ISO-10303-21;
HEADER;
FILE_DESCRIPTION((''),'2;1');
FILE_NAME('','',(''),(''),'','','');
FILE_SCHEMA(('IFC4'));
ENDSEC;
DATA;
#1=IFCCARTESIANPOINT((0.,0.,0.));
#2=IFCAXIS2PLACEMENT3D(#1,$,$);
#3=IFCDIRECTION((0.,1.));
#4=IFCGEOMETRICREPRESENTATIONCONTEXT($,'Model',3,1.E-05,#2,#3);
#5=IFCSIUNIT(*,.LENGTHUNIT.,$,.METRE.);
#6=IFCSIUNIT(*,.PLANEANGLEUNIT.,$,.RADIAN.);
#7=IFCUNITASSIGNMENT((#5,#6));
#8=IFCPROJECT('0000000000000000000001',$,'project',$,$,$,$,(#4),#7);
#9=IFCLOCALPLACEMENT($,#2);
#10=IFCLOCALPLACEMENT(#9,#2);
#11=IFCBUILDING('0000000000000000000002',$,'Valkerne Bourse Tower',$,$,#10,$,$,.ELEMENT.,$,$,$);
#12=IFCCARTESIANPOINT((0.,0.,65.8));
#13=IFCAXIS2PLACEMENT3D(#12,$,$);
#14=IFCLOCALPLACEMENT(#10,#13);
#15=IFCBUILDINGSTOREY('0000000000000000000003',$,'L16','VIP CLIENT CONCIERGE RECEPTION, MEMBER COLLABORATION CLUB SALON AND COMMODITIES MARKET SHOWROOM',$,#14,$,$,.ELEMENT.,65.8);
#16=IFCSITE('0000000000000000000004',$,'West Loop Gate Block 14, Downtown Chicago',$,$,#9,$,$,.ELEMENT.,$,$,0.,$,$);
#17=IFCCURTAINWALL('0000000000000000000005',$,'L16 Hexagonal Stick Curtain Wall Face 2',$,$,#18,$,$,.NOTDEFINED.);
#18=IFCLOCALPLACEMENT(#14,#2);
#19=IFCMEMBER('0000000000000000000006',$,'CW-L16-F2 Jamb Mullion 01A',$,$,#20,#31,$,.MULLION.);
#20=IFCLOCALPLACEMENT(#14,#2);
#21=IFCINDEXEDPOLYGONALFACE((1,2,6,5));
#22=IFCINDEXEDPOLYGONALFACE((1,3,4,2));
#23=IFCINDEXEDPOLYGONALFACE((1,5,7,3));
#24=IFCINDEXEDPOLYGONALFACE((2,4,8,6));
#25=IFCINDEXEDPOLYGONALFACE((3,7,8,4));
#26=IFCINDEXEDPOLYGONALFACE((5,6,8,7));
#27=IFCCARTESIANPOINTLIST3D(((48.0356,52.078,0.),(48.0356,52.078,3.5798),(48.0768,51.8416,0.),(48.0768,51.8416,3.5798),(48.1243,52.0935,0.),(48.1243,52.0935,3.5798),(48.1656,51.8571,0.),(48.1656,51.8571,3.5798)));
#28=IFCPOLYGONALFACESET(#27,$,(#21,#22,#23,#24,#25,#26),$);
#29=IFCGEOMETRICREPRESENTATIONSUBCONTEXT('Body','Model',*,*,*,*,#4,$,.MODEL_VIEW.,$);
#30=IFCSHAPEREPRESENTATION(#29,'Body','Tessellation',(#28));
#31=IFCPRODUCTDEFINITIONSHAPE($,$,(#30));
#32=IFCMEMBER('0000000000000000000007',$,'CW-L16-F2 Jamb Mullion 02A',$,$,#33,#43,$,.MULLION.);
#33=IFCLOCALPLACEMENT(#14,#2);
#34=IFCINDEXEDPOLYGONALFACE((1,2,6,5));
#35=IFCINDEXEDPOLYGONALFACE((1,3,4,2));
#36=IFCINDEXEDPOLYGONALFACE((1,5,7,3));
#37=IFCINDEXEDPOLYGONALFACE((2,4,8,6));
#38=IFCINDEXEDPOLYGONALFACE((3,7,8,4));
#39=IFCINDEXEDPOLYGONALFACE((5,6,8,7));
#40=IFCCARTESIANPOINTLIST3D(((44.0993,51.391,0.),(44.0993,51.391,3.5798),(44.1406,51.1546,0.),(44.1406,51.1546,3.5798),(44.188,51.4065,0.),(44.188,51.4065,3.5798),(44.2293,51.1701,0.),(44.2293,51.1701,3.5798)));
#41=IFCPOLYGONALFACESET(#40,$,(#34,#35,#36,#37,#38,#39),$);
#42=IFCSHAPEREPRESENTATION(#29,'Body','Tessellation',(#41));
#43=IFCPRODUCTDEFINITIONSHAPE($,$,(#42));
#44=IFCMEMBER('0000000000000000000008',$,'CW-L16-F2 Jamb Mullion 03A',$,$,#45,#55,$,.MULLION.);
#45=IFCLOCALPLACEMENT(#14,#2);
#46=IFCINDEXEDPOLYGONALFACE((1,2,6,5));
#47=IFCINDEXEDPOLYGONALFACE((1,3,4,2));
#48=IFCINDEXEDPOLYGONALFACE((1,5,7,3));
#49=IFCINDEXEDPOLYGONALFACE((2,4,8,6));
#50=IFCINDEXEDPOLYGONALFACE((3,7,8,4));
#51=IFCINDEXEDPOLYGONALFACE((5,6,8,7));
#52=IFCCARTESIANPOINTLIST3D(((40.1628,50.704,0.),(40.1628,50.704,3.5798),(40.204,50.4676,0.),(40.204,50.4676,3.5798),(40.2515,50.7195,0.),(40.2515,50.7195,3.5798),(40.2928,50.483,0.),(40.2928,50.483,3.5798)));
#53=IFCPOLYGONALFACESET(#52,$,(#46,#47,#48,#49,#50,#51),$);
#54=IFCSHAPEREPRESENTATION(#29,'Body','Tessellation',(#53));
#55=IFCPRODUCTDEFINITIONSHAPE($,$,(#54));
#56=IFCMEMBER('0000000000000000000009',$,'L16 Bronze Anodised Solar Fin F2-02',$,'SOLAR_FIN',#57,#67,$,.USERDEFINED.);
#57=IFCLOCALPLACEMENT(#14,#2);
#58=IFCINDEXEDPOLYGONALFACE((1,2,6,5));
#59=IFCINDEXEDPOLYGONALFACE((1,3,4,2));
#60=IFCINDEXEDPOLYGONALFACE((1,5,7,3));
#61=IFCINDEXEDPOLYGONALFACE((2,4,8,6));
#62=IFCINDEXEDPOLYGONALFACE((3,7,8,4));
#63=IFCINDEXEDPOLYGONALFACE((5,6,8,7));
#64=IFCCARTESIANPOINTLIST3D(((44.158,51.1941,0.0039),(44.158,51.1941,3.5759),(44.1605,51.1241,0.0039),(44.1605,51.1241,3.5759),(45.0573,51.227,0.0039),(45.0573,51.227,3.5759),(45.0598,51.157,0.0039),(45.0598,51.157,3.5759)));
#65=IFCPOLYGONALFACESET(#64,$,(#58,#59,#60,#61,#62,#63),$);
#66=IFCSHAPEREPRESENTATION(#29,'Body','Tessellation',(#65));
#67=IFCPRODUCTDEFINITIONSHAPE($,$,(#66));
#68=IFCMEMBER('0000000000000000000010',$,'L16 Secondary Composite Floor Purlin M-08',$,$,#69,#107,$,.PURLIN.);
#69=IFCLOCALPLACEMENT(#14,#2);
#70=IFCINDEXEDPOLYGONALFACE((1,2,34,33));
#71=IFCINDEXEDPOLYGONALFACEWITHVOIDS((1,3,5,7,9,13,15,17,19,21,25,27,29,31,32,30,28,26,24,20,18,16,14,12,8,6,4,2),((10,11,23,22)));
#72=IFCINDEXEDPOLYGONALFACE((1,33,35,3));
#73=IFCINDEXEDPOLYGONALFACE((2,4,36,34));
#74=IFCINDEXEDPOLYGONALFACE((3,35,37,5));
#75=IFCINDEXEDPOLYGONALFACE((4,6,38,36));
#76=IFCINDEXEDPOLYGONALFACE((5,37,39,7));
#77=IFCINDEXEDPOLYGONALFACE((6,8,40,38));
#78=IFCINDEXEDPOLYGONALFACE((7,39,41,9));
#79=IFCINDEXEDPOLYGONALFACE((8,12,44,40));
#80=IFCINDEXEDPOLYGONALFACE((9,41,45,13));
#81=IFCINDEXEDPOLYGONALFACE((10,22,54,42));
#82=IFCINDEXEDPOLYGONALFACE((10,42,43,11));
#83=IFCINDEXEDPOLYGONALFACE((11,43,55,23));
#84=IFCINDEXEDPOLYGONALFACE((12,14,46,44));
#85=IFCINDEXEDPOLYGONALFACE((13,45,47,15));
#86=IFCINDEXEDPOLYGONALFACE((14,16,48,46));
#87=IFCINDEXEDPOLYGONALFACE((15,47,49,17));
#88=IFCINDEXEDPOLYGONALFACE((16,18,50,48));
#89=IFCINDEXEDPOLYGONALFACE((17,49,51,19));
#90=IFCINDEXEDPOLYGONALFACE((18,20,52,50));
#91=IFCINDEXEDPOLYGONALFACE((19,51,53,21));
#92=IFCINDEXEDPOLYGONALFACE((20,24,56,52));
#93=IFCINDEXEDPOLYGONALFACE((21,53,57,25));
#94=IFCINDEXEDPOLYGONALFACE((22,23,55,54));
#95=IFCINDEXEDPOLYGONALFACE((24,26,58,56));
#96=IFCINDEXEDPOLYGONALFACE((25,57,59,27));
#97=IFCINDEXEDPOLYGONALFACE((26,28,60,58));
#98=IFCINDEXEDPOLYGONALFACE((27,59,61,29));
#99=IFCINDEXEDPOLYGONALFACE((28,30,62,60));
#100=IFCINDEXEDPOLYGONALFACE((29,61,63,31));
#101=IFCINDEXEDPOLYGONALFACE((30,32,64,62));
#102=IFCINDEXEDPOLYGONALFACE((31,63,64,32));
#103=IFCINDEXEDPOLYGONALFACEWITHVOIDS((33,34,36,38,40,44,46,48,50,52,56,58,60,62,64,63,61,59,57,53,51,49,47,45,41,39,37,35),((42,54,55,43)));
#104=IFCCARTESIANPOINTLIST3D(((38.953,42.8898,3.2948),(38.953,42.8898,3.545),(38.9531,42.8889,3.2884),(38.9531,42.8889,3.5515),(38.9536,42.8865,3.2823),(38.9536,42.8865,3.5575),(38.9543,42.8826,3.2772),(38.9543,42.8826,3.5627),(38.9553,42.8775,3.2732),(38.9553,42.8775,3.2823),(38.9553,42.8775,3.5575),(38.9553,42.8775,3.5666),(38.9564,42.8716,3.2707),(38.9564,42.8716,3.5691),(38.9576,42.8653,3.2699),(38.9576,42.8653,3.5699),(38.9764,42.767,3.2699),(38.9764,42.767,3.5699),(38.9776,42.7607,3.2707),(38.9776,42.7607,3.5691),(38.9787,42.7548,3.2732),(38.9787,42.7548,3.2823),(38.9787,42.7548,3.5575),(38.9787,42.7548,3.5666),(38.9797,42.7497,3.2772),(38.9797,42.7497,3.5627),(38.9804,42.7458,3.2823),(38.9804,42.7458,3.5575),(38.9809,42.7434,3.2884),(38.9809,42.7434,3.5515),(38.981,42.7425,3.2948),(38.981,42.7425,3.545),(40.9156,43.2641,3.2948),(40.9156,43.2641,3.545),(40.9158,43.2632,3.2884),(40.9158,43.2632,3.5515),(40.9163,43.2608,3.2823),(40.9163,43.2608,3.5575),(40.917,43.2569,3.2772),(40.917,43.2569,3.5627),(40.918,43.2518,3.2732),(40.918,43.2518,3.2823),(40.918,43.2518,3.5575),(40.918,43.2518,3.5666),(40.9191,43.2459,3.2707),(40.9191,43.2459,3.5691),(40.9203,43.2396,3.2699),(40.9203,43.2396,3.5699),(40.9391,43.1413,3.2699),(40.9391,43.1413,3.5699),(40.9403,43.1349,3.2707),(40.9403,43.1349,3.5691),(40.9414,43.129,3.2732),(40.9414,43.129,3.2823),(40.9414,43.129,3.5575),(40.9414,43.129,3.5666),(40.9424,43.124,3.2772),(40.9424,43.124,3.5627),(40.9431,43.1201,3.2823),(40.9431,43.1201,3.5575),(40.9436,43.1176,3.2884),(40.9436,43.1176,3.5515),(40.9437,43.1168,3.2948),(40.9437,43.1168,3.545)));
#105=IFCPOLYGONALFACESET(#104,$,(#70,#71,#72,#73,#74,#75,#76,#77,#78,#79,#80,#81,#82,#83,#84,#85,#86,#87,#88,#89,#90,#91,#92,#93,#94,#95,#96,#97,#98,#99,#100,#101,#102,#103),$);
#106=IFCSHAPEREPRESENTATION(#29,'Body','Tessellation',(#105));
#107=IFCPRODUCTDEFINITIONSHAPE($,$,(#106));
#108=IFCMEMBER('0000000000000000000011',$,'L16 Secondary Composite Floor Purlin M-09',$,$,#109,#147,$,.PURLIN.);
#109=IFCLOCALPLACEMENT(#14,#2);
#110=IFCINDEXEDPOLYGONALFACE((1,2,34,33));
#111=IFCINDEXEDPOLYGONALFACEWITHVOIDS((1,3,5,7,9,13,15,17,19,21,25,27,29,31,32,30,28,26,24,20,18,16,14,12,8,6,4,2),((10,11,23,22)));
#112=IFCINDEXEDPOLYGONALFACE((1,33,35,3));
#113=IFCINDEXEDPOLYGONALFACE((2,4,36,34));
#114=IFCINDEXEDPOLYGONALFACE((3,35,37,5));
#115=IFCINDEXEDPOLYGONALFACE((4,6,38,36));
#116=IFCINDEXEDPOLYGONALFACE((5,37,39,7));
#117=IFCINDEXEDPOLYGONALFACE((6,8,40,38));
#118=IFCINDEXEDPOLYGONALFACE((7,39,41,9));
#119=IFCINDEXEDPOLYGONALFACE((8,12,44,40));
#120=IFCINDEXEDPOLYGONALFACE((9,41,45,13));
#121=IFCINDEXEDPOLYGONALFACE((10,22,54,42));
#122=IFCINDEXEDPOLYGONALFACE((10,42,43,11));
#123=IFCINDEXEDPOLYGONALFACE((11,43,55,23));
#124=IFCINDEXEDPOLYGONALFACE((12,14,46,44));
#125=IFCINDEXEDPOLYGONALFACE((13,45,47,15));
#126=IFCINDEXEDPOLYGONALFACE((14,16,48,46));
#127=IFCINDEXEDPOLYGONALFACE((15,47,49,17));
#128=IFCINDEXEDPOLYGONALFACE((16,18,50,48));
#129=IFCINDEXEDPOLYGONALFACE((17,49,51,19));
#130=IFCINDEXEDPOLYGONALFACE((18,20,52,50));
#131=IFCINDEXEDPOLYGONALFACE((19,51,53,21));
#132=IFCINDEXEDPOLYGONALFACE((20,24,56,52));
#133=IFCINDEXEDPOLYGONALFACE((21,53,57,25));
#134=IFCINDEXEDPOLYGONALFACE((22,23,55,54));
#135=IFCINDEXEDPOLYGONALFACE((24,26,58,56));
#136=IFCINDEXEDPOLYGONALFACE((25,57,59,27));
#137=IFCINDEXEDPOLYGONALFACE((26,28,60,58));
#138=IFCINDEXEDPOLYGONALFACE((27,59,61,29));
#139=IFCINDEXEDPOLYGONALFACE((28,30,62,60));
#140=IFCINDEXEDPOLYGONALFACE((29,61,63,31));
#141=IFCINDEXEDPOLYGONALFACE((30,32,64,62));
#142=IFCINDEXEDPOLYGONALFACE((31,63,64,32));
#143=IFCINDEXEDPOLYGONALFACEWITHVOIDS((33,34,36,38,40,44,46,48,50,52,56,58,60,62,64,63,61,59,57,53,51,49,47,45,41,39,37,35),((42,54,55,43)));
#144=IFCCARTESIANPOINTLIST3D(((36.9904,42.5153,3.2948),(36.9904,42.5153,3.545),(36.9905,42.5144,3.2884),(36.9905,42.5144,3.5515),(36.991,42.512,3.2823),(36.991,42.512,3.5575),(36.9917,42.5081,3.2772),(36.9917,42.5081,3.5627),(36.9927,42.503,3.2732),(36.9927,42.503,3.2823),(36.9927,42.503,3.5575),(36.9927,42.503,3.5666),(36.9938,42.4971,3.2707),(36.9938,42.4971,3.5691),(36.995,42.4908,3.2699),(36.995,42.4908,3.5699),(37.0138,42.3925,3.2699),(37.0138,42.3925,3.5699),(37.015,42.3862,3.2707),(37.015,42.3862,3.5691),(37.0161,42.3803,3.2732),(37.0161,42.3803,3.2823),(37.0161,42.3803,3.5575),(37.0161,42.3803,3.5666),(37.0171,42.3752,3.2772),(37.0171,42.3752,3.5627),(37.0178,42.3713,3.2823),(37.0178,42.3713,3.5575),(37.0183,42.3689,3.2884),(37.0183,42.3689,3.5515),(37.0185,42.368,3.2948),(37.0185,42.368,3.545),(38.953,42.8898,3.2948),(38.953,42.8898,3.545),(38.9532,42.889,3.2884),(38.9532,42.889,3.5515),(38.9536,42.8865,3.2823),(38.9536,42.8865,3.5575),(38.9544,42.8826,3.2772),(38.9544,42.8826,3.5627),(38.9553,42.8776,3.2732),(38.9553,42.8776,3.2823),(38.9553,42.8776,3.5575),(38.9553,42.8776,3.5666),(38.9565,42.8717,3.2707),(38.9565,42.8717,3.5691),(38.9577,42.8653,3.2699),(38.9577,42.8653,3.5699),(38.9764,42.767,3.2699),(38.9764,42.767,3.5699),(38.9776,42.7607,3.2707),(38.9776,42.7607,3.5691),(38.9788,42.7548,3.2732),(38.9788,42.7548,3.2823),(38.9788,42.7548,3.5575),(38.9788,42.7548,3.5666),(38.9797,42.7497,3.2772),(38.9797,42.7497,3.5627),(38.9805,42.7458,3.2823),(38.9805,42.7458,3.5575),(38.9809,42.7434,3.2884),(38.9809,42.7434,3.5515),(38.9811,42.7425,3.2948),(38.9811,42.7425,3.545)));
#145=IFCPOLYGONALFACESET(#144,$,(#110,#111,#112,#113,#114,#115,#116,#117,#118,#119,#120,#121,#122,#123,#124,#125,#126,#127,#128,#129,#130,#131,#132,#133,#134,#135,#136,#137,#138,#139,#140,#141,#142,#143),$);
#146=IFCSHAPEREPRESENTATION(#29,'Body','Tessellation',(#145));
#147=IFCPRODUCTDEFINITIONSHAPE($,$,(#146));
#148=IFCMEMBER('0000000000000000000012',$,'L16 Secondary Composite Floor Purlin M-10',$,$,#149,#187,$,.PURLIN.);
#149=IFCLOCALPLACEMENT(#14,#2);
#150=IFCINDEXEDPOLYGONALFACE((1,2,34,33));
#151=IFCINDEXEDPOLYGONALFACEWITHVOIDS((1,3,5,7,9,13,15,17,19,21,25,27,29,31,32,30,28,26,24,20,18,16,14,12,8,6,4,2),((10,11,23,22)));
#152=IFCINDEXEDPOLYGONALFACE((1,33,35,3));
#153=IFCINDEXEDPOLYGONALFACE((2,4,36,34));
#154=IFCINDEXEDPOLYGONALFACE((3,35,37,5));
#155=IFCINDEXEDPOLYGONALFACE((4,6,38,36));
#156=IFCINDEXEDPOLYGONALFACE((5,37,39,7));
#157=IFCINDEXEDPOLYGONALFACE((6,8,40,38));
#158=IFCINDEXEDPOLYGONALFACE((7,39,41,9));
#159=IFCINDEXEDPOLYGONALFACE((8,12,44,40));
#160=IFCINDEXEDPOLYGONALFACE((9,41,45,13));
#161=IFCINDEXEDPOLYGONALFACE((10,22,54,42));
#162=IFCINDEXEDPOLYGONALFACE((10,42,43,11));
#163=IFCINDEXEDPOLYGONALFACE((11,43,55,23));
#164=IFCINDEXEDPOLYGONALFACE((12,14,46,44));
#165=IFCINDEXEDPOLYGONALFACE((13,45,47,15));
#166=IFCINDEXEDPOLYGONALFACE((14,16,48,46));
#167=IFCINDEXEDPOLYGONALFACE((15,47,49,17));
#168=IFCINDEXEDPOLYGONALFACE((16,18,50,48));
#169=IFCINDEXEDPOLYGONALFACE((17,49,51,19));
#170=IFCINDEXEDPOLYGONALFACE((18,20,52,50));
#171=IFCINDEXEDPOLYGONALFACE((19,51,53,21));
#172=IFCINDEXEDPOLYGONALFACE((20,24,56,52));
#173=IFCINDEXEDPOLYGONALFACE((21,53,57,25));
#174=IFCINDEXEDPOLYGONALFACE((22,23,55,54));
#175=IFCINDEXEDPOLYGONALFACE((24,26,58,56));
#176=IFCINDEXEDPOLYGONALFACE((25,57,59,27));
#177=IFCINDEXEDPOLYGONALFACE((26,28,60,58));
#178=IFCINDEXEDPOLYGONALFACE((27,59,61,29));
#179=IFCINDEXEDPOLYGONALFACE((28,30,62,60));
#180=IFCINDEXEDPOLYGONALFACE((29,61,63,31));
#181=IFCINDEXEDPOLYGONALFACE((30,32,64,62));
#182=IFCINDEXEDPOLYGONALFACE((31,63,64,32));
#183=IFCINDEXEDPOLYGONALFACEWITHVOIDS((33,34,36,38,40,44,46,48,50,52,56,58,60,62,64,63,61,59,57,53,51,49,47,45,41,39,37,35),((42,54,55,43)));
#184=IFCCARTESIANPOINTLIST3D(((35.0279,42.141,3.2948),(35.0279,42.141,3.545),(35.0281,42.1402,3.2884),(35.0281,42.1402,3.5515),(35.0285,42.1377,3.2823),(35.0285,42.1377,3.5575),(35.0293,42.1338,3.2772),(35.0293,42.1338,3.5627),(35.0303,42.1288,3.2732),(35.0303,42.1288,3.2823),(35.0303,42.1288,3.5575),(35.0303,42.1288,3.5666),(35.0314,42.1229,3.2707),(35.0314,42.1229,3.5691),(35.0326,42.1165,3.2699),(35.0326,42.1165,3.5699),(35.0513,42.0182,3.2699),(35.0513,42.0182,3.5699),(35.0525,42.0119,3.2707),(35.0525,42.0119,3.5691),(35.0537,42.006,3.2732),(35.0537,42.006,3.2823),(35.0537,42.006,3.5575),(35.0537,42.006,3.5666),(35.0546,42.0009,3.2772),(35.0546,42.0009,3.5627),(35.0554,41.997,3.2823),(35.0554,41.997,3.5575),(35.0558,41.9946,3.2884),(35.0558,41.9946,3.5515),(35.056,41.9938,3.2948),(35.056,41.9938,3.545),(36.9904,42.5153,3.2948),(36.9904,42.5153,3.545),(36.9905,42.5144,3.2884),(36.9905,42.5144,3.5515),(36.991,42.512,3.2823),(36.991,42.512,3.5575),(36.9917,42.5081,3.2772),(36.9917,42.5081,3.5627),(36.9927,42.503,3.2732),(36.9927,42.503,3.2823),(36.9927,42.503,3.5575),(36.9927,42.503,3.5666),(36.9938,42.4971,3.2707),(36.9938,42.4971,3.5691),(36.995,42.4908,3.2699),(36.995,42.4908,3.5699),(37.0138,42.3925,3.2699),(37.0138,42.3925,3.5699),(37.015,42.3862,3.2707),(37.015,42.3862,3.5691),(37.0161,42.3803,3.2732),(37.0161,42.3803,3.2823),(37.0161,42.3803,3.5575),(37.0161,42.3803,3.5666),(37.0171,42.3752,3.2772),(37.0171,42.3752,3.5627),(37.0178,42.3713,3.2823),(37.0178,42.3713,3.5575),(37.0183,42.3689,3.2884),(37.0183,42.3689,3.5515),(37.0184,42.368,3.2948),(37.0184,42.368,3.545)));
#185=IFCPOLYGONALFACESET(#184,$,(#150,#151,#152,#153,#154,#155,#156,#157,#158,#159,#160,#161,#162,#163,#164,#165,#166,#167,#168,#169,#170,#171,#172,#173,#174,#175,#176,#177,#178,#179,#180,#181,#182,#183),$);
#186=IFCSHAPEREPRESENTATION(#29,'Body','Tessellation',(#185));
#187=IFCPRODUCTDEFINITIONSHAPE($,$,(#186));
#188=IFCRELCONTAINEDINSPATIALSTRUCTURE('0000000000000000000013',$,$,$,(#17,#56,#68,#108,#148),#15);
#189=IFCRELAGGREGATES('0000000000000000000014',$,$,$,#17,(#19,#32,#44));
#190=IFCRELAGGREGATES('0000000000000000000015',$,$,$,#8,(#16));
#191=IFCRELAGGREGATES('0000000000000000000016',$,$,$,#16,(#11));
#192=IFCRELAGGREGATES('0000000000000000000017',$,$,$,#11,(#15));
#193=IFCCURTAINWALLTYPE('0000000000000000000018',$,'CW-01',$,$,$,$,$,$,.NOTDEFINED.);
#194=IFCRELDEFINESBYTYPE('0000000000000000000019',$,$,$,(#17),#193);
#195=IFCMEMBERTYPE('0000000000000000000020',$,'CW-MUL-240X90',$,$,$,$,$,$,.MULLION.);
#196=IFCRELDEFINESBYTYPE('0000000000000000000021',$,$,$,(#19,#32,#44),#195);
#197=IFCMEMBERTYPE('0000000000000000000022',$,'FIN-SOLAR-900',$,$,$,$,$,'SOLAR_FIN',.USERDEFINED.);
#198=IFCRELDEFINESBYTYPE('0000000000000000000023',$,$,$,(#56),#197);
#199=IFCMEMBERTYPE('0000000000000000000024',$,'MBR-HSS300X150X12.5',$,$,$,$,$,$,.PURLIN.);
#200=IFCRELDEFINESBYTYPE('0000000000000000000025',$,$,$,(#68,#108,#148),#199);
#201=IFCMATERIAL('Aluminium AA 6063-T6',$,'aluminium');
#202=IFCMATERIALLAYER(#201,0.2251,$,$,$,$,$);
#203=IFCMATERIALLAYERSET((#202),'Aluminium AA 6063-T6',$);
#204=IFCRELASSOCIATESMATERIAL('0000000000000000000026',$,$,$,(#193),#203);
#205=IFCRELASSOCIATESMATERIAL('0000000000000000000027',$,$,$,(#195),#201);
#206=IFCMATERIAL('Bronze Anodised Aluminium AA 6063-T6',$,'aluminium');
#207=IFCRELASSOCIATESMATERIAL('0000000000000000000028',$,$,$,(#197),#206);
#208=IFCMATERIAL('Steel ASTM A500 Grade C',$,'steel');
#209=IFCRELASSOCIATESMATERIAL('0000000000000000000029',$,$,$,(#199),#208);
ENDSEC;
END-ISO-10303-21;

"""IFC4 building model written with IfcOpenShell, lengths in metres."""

from ifc_helpers import new_model, si_unit, direction, frame, origin, origin_2d, place, context, subcontext, project, spatial, rectangle, hollow_rectangle, extrude, material, layer, layer_set, material_profile, profile_set, type_object, element, aggregate, save


model = new_model("IFC4")

# Units and contexts
model_context = context("Model", 3, precision=1e-05, world=origin(), true_north=direction((0.0, 1.0)))
body_context = subcontext(model_context, "Body", "Model", "MODEL_VIEW")
ifc_project = project(units=[si_unit("LENGTHUNIT", "METRE"), si_unit("PLANEANGLEUNIT", "RADIAN")], contexts=[model_context])

# Site, building, storey
site_placement = place(None, origin())
site = spatial("IfcSite", under=ifc_project, at=site_placement, Name="West Loop Gate Block 14, Downtown Chicago", CompositionType="ELEMENT", RefElevation=0.0)
building_placement = place(site_placement, origin())
building = spatial("IfcBuilding", under=site, at=building_placement, Name="Valkerne Bourse Tower", CompositionType="ELEMENT")
storey_placement = place(building_placement, frame((0.0, 0.0, 65.8)))
storey = spatial("IfcBuildingStorey", under=building, at=storey_placement, Name="L16", Description="VIP CLIENT CONCIERGE RECEPTION, MEMBER COLLABORATION CLUB SALON AND COMMODITIES MARKET SHOWROOM", CompositionType="ELEMENT", Elevation=65.8)

# Curtain wall, members
ifc_material_1 = material(Name="Aluminium AA 6063-T6", Category="aluminium")
ifc_layer_1 = layer(ifc_material_1, 0.2251)
ifc_layer_set_1 = layer_set([ifc_layer_1], Name="Aluminium AA 6063-T6")
curtain_wall_type = type_object("IfcCurtainWallType", Name="CW-01", PredefinedType="NOTDEFINED", material=ifc_layer_set_1)
curtain_wall_placement = place(storey_placement, origin())
curtain_wall = element("IfcCurtainWall", 1, at=curtain_wall_placement, inside=storey, type_object=curtain_wall_type, Name="L16 Hexagonal Stick Curtain Wall Face 2", PredefinedType="NOTDEFINED")
ifc_material_profile_1 = material_profile(ifc_material_1, rectangle(XDim=0.0901, YDim=0.24, at=origin_2d()), Name="CWM-90X240")
ifc_profile_set_1 = profile_set([ifc_material_profile_1], Name="Aluminium AA 6063-T6")
member_type_1 = type_object("IfcMemberType", Name="CW-MUL-240X90", PredefinedType="MULLION", material=ifc_profile_set_1)
member_1_placement = place(storey_placement, frame((48.1006, 51.9675, 0.0), z_axis=(0.0, 0.0, 1.0), x_axis=(-0.985111, -0.171922, 0.0)))
member_1 = element("IfcMember", 2, at=member_1_placement, type_object=member_type_1, Name="CW-L16-F2 Jamb Mullion 01A", PredefinedType="MULLION", context=body_context, shape_type="SweptSolid", body=[
    extrude(rectangle(XDim=0.0901, YDim=0.24, at=origin_2d()), origin(), (0.0, 0.0, 1.0), 3.5798),
])
member_2_placement = place(storey_placement, frame((44.1643, 51.2805, 0.0), z_axis=(0.0, 0.0, 1.0), x_axis=(-0.985106, -0.171946, 0.0)))
member_2 = element("IfcMember", 3, at=member_2_placement, type_object=member_type_1, Name="CW-L16-F2 Jamb Mullion 02A", PredefinedType="MULLION", context=body_context, shape_type="SweptSolid", body=[
    extrude(rectangle(XDim=0.0901, YDim=0.24, at=origin_2d()), origin(), (0.0, 0.0, 1.0), 3.5798),
])
member_3_placement = place(storey_placement, frame((40.2278, 50.5935, 0.0), z_axis=(0.0, 0.0, 1.0), x_axis=(-0.985111, -0.171922, 0.0)))
member_3 = element("IfcMember", 4, at=member_3_placement, type_object=member_type_1, Name="CW-L16-F2 Jamb Mullion 03A", PredefinedType="MULLION", context=body_context, shape_type="SweptSolid", body=[
    extrude(rectangle(XDim=0.0901, YDim=0.24, at=origin_2d()), origin(), (0.0, 0.0, 1.0), 3.5798),
])

# Members
ifc_material_2 = material(Name="Bronze Anodised Aluminium AA 6063-T6", Category="aluminium")
ifc_material_profile_2 = material_profile(ifc_material_2, rectangle(XDim=0.0701, YDim=0.8999, at=origin_2d()), Name="FIN-70X900")
ifc_profile_set_2 = profile_set([ifc_material_profile_2], Name="Bronze Anodised Aluminium AA 6063-T6")
member_type_2 = type_object("IfcMemberType", Name="FIN-SOLAR-900", ElementType="SOLAR_FIN", PredefinedType="USERDEFINED", material=ifc_profile_set_2)
member_4_placement = place(storey_placement, frame((44.6089, 51.1755, 0.0039), z_axis=(0.0, 0.0, 1.0), x_axis=(-0.036511, 0.999333, 0.0)))
element("IfcMember", 5, at=member_4_placement, inside=storey, type_object=member_type_2, Name="L16 Bronze Anodised Solar Fin F2-02", ObjectType="SOLAR_FIN", PredefinedType="USERDEFINED", context=body_context, shape_type="SweptSolid", body=[
    extrude(rectangle(XDim=0.0701, YDim=0.8999, at=origin_2d()), origin(), (0.0, 0.0, 1.0), 3.572),
])
ifc_material_3 = material(Name="Steel ASTM A500 Grade C", Category="steel")
ifc_material_profile_3 = material_profile(ifc_material_3, hollow_rectangle(XDim=0.1499, YDim=0.3, WallThickness=0.0125, OuterFilletRadius=0.0249, at=origin_2d()), Name="HSS300X150X12.5")
ifc_profile_set_3 = profile_set([ifc_material_profile_3], Name="Steel ASTM A500 Grade C")
member_type_3 = type_object("IfcMemberType", Name="MBR-HSS300X150X12.5", PredefinedType="PURLIN", material=ifc_profile_set_3)
for number, where, z_axis, x_axis, name in (
    (6, (40.9297, 43.1904, 3.4199), (-0.982299, -0.18732, 0.0), (0.18732, -0.982299, 0.0), "L16 Secondary Composite Floor Purlin M-08"),
    (7, (38.967, 42.8162, 3.4199), (-0.982276, -0.187438, 0.0), (0.187438, -0.982276, 0.0), "L16 Secondary Composite Floor Purlin M-09"),
):
    element("IfcMember", number, at=place(storey_placement, frame(where, z_axis=z_axis, x_axis=x_axis)), inside=storey, type_object=member_type_3, Name=name, PredefinedType="PURLIN", context=body_context, shape_type="SweptSolid", body=[
        extrude(hollow_rectangle(XDim=0.1499, YDim=0.3, WallThickness=0.0125, OuterFilletRadius=0.0249, at=origin_2d()), origin(), (0.0, 0.0, 1.0), 1.998),
    ])
member_5_placement = place(storey_placement, frame((37.0044, 42.4417, 3.4199), z_axis=(-0.982295, -0.187342, 0.0), x_axis=(0.187342, -0.982295, 0.0)))
element("IfcMember", 8, at=member_5_placement, inside=storey, type_object=member_type_3, Name="L16 Secondary Composite Floor Purlin M-10", PredefinedType="PURLIN", context=body_context, shape_type="SweptSolid", body=[
    extrude(hollow_rectangle(XDim=0.1499, YDim=0.3, WallThickness=0.0125, OuterFilletRadius=0.0249, at=origin_2d()), origin(), (0.0, 0.0, 1.0), 1.9978),
])

aggregate(curtain_wall, [member_1, member_2, member_3])

save(model, "model.ifc")
